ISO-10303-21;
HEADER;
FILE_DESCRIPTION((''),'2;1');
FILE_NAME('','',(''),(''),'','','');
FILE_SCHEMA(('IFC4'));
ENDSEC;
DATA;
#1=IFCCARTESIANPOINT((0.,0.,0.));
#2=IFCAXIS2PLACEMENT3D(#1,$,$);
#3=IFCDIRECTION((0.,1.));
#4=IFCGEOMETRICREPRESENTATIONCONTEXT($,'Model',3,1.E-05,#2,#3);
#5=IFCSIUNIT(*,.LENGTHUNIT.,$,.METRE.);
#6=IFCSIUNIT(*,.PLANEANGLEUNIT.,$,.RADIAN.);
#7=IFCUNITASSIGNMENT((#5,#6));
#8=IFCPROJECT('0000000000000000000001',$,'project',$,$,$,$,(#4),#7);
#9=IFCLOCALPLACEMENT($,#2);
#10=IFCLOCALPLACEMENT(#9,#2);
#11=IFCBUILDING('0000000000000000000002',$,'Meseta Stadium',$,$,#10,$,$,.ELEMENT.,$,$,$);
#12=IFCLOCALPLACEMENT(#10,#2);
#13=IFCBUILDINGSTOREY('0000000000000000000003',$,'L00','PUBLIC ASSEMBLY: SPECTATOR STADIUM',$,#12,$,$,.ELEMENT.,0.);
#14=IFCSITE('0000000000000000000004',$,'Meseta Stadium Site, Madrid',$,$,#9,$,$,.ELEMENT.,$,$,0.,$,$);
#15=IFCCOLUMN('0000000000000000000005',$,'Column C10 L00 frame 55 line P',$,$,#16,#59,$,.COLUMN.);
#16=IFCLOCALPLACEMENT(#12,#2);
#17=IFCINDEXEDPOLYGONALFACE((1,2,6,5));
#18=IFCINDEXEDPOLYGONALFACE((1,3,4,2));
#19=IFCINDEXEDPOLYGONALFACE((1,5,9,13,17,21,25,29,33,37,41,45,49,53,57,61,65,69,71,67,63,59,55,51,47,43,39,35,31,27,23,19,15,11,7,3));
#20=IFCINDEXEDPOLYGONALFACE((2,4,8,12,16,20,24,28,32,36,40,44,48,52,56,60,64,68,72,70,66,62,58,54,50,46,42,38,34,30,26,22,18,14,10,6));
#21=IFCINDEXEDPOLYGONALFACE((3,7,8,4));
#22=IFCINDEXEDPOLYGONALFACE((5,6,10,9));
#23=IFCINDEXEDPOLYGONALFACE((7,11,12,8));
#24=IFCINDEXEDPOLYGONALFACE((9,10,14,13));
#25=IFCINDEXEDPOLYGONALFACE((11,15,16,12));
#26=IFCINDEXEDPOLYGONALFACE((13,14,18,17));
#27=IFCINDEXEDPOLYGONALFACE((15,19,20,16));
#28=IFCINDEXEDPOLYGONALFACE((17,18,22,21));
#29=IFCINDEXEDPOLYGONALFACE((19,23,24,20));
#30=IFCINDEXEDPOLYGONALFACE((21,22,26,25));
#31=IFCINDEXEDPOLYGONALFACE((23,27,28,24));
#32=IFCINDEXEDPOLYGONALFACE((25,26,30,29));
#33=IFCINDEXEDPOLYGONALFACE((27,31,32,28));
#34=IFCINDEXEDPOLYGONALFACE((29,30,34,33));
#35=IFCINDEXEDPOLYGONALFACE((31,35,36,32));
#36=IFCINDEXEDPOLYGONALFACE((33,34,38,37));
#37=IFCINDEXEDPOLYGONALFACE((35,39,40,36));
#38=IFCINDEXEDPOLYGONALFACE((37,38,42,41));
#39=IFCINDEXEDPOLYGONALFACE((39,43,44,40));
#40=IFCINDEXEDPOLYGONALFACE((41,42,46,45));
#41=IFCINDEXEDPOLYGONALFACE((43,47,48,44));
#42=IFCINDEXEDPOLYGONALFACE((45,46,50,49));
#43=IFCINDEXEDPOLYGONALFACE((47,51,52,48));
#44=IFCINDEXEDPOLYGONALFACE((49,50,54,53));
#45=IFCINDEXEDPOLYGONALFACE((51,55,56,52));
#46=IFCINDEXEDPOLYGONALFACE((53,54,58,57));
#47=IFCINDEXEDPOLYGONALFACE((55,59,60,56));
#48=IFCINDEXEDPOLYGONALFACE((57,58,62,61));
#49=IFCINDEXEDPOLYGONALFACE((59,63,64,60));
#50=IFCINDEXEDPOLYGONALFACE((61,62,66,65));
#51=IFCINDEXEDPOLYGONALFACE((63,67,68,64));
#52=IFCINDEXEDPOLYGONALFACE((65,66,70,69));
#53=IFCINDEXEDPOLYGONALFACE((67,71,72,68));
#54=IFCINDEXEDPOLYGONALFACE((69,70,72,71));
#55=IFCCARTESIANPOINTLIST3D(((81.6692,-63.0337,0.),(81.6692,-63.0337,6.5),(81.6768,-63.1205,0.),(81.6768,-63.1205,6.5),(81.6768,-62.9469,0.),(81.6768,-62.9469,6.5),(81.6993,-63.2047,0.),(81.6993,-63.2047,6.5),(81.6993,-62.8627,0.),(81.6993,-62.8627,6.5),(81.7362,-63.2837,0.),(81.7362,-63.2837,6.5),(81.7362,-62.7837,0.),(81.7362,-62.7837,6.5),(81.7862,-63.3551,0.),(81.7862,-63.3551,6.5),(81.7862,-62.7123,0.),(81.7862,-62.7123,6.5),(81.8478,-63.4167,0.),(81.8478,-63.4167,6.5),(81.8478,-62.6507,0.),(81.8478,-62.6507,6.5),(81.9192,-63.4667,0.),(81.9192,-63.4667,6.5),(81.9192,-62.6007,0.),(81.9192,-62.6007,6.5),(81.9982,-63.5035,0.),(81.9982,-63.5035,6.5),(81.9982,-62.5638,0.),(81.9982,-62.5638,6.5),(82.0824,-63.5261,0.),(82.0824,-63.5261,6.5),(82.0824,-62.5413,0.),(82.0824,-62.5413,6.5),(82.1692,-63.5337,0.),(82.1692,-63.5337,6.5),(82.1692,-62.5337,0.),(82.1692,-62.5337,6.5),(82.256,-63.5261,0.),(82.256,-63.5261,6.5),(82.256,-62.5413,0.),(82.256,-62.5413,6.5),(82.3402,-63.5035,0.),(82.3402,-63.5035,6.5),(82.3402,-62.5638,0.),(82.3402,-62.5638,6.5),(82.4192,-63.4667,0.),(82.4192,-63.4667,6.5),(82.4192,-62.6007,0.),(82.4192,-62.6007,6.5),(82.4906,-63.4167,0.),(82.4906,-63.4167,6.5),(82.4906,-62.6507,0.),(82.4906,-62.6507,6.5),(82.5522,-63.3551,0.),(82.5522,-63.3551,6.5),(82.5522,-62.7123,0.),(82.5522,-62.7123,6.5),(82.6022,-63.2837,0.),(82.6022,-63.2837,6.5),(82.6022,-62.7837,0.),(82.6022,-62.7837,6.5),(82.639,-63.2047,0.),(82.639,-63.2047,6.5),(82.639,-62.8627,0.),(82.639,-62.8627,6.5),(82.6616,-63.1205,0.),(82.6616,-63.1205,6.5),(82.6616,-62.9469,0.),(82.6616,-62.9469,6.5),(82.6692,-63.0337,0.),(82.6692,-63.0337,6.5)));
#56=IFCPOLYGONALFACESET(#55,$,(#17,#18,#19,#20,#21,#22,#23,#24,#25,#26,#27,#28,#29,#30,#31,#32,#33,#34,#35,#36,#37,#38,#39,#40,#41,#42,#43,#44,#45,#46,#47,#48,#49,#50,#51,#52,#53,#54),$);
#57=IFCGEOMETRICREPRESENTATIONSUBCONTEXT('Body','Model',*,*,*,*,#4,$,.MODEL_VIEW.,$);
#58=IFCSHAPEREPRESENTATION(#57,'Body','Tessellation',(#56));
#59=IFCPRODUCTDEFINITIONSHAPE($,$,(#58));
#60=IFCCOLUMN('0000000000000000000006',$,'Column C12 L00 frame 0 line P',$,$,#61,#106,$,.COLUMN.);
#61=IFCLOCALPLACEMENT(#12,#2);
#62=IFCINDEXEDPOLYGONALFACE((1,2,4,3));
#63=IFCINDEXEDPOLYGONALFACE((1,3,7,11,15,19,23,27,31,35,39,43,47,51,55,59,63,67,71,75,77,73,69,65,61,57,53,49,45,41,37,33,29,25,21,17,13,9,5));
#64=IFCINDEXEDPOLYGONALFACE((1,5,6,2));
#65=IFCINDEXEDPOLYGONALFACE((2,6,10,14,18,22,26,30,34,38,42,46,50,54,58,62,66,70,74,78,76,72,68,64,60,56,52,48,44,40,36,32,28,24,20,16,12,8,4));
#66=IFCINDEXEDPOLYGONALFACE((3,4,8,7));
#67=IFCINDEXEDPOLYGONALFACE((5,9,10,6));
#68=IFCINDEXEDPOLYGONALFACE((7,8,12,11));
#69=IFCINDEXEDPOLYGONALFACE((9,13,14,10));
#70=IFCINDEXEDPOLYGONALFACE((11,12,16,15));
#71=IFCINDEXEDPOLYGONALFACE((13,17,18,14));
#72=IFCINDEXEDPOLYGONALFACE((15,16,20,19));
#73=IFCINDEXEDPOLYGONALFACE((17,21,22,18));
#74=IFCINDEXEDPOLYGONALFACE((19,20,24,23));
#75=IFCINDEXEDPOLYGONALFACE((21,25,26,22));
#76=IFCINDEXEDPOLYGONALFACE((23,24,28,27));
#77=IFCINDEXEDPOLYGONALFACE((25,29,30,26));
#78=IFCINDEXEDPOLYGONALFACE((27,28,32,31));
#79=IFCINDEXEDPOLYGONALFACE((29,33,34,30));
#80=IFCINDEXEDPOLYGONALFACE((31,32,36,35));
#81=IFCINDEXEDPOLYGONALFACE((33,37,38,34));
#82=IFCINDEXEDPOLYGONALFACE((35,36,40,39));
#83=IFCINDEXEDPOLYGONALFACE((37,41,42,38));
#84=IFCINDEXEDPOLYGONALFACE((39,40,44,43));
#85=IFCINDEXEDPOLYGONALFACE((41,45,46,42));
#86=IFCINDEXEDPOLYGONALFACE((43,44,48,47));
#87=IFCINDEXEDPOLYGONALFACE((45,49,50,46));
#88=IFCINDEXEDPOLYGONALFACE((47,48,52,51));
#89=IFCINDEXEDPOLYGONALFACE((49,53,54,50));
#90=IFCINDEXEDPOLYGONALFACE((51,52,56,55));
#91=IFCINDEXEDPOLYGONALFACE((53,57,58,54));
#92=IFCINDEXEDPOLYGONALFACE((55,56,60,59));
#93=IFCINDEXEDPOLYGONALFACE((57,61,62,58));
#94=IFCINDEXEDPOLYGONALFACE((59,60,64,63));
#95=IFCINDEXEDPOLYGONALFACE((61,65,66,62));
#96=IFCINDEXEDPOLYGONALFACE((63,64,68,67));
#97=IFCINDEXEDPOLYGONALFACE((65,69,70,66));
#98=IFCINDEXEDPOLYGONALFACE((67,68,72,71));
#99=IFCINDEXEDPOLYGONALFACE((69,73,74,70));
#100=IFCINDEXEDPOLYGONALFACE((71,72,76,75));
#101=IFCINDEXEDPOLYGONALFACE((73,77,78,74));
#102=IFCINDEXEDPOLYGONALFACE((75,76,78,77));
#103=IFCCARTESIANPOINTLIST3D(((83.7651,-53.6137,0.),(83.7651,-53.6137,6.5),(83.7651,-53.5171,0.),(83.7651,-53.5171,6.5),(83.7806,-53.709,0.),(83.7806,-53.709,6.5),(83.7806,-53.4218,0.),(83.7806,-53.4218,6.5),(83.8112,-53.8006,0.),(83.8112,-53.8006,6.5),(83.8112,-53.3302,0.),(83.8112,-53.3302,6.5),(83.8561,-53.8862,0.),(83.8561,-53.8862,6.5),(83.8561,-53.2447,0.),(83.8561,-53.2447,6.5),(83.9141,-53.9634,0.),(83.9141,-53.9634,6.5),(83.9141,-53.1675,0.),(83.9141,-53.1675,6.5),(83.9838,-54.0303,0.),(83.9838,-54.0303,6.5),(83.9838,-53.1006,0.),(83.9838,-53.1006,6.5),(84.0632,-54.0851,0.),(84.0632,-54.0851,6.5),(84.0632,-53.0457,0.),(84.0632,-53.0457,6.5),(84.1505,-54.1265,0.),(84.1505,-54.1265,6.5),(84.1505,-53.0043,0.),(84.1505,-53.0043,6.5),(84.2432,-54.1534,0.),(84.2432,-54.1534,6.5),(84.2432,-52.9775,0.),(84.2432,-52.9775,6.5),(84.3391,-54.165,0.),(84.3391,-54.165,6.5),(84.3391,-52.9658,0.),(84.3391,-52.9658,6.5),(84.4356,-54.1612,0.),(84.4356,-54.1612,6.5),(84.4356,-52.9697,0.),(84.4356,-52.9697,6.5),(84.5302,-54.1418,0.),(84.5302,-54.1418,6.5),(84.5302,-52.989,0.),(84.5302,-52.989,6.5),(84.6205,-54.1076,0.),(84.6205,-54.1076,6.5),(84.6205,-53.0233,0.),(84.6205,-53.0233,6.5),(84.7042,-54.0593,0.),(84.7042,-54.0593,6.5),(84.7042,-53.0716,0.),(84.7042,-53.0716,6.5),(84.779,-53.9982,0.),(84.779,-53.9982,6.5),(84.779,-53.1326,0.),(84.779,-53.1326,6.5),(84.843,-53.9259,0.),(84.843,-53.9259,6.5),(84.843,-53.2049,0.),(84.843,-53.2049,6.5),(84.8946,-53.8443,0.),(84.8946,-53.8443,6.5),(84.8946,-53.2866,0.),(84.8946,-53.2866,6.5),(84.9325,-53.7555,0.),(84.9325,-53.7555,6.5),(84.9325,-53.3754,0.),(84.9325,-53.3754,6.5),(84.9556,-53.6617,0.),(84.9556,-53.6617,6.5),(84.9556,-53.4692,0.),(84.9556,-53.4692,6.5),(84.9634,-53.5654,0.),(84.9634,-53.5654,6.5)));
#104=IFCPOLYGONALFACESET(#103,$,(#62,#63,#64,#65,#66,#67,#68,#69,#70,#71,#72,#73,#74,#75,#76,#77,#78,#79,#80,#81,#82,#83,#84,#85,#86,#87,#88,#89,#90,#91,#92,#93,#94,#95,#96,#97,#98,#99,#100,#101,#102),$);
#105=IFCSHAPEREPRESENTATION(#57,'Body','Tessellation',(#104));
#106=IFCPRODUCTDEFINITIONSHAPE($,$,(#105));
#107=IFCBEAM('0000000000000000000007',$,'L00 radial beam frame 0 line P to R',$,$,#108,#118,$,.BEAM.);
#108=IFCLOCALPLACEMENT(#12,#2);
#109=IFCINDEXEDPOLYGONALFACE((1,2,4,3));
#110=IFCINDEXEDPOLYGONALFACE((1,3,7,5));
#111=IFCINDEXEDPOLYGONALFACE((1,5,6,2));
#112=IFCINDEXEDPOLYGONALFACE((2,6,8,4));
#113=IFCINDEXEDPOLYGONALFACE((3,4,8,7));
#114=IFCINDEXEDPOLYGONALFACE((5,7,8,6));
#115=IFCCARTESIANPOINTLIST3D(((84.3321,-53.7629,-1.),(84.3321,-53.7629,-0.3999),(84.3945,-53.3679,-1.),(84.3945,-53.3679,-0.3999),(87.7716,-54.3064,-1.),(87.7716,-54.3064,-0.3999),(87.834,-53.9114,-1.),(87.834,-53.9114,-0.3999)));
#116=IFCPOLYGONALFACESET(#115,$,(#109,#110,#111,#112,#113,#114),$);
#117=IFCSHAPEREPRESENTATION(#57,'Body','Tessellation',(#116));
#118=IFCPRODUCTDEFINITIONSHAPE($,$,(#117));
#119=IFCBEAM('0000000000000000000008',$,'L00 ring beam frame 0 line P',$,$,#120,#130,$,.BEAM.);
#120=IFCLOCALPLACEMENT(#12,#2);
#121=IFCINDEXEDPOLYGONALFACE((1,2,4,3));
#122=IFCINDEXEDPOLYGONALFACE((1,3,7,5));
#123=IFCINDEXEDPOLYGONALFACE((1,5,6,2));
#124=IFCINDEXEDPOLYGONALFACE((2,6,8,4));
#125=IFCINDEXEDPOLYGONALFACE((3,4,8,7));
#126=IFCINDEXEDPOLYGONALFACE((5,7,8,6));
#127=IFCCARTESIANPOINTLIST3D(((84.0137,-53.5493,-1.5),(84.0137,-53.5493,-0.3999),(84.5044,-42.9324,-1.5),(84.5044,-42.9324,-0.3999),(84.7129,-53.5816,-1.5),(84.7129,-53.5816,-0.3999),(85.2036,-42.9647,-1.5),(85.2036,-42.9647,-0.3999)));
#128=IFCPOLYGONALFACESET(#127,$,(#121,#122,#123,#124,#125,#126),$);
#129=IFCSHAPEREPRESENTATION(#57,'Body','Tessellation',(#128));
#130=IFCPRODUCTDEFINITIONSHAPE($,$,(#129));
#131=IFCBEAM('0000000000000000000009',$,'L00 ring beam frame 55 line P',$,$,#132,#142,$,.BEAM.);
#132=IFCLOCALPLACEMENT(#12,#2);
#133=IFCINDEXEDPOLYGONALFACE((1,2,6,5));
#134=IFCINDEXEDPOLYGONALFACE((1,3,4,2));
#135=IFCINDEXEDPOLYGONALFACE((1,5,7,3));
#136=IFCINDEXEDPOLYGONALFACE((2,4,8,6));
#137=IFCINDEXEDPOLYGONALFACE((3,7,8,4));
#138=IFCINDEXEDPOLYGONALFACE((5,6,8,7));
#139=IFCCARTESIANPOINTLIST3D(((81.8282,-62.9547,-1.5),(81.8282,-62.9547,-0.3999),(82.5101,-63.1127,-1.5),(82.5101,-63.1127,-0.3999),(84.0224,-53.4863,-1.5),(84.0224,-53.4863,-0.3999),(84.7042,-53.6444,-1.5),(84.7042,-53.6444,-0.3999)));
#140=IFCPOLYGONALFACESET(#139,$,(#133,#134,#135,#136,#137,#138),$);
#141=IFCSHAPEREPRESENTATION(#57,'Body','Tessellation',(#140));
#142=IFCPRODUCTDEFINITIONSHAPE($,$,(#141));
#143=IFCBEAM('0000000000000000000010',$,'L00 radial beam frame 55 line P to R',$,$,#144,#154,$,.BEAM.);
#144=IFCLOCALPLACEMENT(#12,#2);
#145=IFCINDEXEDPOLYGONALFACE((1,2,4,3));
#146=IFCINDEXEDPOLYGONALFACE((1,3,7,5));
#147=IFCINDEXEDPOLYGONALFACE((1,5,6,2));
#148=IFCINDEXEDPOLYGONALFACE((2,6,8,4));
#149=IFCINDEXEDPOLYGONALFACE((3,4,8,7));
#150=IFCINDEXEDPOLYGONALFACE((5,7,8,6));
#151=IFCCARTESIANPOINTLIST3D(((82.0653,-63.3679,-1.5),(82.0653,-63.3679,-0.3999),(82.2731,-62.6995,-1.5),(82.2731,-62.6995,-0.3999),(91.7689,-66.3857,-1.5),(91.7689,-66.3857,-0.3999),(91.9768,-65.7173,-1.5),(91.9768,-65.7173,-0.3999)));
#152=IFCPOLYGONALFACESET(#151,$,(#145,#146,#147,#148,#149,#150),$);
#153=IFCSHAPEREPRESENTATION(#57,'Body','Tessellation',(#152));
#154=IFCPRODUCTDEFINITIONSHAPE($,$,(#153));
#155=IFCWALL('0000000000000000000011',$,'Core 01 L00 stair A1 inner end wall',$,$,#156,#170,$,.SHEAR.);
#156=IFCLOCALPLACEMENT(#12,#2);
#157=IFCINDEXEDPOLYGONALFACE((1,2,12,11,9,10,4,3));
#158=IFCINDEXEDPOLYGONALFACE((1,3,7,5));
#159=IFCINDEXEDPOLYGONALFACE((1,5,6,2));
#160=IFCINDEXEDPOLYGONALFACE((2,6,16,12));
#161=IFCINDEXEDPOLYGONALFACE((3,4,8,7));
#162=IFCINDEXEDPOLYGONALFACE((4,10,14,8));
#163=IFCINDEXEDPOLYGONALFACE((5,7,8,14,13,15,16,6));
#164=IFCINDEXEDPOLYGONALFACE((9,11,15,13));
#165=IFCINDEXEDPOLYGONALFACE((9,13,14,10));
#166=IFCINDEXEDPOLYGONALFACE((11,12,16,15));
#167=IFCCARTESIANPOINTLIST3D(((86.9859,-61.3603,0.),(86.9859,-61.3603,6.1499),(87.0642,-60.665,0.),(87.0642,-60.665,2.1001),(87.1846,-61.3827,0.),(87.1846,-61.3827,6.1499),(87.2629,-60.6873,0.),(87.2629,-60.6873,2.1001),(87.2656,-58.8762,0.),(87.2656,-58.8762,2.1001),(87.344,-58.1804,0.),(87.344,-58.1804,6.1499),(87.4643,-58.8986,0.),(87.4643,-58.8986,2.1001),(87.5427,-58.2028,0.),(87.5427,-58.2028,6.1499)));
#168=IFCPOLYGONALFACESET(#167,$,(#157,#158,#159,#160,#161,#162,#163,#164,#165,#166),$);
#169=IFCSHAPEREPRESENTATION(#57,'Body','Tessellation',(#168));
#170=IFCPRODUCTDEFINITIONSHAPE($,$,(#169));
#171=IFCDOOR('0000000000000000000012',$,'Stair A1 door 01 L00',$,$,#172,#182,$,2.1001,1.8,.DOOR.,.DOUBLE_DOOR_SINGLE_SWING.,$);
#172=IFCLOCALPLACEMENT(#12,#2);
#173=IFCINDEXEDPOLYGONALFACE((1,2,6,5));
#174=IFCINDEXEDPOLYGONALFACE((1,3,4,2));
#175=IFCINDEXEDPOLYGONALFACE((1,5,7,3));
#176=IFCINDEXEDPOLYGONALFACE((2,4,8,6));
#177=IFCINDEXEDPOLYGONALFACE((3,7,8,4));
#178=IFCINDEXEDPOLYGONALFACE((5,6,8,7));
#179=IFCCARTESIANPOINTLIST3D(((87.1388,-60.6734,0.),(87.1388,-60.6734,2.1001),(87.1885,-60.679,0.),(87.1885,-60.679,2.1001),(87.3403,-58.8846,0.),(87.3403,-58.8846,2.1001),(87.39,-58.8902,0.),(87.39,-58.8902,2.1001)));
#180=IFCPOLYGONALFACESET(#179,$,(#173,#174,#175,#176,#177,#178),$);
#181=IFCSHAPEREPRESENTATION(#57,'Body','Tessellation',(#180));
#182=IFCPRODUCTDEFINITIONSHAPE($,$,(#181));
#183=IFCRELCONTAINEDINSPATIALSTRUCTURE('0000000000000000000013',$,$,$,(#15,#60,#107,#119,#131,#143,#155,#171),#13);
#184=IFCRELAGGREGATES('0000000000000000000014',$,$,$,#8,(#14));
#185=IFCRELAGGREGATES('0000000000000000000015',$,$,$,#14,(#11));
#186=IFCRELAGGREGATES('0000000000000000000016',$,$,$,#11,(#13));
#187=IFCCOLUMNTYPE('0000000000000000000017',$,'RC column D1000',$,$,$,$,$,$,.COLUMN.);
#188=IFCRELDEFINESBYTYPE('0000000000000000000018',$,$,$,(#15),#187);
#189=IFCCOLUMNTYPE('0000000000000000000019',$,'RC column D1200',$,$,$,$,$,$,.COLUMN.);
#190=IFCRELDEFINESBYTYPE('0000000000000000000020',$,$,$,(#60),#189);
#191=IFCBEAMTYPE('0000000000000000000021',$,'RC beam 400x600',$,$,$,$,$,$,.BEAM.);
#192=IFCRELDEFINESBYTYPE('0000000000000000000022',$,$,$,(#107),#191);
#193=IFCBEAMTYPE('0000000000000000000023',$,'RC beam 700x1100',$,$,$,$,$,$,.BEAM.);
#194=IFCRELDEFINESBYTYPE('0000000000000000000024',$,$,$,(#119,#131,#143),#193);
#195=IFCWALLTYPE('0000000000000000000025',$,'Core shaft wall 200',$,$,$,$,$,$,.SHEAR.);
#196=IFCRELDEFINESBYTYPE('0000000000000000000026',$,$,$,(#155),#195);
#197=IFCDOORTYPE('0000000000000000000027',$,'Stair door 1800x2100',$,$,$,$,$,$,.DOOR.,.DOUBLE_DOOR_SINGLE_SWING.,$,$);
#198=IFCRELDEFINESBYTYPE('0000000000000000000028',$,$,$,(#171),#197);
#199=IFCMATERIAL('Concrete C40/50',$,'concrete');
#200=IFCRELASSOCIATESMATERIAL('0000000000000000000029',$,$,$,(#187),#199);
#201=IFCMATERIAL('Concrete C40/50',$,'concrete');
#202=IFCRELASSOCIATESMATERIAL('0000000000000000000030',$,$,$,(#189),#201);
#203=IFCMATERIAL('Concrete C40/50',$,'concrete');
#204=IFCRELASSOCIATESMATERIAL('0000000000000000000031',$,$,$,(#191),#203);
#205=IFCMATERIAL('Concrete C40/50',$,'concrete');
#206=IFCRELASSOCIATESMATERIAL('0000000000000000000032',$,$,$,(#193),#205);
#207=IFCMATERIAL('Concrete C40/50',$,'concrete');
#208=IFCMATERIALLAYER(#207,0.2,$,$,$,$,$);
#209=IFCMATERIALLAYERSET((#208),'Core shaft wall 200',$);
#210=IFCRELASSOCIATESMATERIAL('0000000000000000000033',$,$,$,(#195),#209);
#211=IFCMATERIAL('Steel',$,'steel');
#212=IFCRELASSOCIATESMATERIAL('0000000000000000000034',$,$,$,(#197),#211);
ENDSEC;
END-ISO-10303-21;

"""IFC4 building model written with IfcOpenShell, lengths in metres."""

from ifc_helpers import new_model, si_unit, direction, frame, frame_2d, origin, origin_2d, place, context, subcontext, project, spatial, rectangle, circle, extrude, material, layer, layer_set, material_profile, profile_set, type_object, element, fill, save


model = new_model("IFC4")

# Units and contexts
model_context = context("Model", 3, precision=1e-05, world=origin(), true_north=direction((0.0, 1.0)))
body_context = subcontext(model_context, "Body", "Model", "MODEL_VIEW")
ifc_project = project(units=[si_unit("LENGTHUNIT", "METRE"), si_unit("PLANEANGLEUNIT", "RADIAN")], contexts=[model_context])

# Site, building, storey
site_placement = place(None, origin())
site = spatial("IfcSite", under=ifc_project, at=site_placement, Name="Meseta Stadium Site, Madrid", CompositionType="ELEMENT", RefElevation=0.0)
building_placement = place(site_placement, origin())
building = spatial("IfcBuilding", under=site, at=building_placement, Name="Meseta Stadium", CompositionType="ELEMENT")
storey_placement = place(building_placement, origin())
storey = spatial("IfcBuildingStorey", under=building, at=storey_placement, Name="L00", Description="PUBLIC ASSEMBLY: SPECTATOR STADIUM", CompositionType="ELEMENT", Elevation=0.0)

# Columns
ifc_material_1 = material(Name="Concrete C40/50", Category="concrete")
ifc_material_profile_1 = material_profile(ifc_material_1, circle(Radius=0.5, at=origin_2d()), Name="RC D1000")
ifc_profile_set_1 = profile_set([ifc_material_profile_1], Name="Concrete C40/50")
column_type_1 = type_object("IfcColumnType", Name="RC column D1000", PredefinedType="COLUMN", material=ifc_profile_set_1)
column_1_placement = place(storey_placement, frame((82.1692, -63.0337, 0.0), z_axis=(0.0, 0.0, 1.0), x_axis=(1.0, 0.0, 0.0)))
element("IfcColumn", 1, at=column_1_placement, inside=storey, type_object=column_type_1, Name="Column C10 L00 frame 55 line P", PredefinedType="COLUMN", context=body_context, shape_type="SweptSolid", body=[
    extrude(circle(Radius=0.5, at=origin_2d()), origin(), (0.0, 0.0, 1.0), 6.5),
])
ifc_material_2 = material(Name="Concrete C40/50", Category="concrete")
ifc_material_profile_2 = material_profile(ifc_material_2, circle(Radius=0.6001, at=origin_2d()), Name="RC D1200")
ifc_profile_set_2 = profile_set([ifc_material_profile_2], Name="Concrete C40/50")
column_type_2 = type_object("IfcColumnType", Name="RC column D1200", PredefinedType="COLUMN", material=ifc_profile_set_2)
column_2_placement = place(storey_placement, frame((84.3633, -53.5654, 0.0), z_axis=(0.0, 0.0, 1.0), x_axis=(1.0, 0.0, 0.0)))
element("IfcColumn", 2, at=column_2_placement, inside=storey, type_object=column_type_2, Name="Column C12 L00 frame 0 line P", PredefinedType="COLUMN", context=body_context, shape_type="SweptSolid", body=[
    extrude(circle(Radius=0.6001, at=origin_2d()), origin(), (0.0, 0.0, 1.0), 6.5),
])

# Beams
ifc_material_3 = material(Name="Concrete C40/50", Category="concrete")
ifc_material_profile_3 = material_profile(ifc_material_3, rectangle(XDim=0.3999, YDim=0.6001, at=origin_2d()), Name="RC 400x600")
ifc_profile_set_3 = profile_set([ifc_material_profile_3], Name="Concrete C40/50")
beam_type_1 = type_object("IfcBeamType", Name="RC beam 400x600", PredefinedType="BEAM", material=ifc_profile_set_3)
beam_1_placement = place(storey_placement, frame((84.3633, -53.5654, -0.7), z_axis=(0.987746, -0.156071, 0.0), x_axis=(0.156071, 0.987746, 0.0)))
element("IfcBeam", 3, at=beam_1_placement, inside=storey, type_object=beam_type_1, Name="L00 radial beam frame 0 line P to R", PredefinedType="BEAM", context=body_context, shape_type="SweptSolid", body=[
    extrude(rectangle(XDim=0.3999, YDim=0.6001, at=origin_2d()), origin(), (0.0, 0.0, 1.0), 3.4822),
])
ifc_material_4 = material(Name="Concrete C40/50", Category="concrete")
ifc_material_profile_4 = material_profile(ifc_material_4, rectangle(XDim=0.7, YDim=1.1001, at=origin_2d()), Name="RC 700x1100")
ifc_profile_set_4 = profile_set([ifc_material_profile_4], Name="Concrete C40/50")
beam_type_2 = type_object("IfcBeamType", Name="RC beam 700x1100", PredefinedType="BEAM", material=ifc_profile_set_4)
beam_2_placement = place(storey_placement, frame((84.3633, -53.5654, -0.95), z_axis=(0.046171, 0.998934, 0.0), x_axis=(-0.998934, 0.046171, 0.0)))
element("IfcBeam", 4, at=beam_2_placement, inside=storey, type_object=beam_type_2, Name="L00 ring beam frame 0 line P", PredefinedType="BEAM", context=body_context, shape_type="SweptSolid", body=[
    extrude(rectangle(XDim=0.7, YDim=1.1001, at=origin_2d()), origin(), (0.0, 0.0, 1.0), 10.6282),
])
beam_3_placement = place(storey_placement, frame((82.1692, -63.0337, -0.95), z_axis=(0.225749, 0.974185, 0.0), x_axis=(-0.974185, 0.225749, 0.0)))
element("IfcBeam", 5, at=beam_3_placement, inside=storey, type_object=beam_type_2, Name="L00 ring beam frame 55 line P", PredefinedType="BEAM", context=body_context, shape_type="SweptSolid", body=[
    extrude(rectangle(XDim=0.7, YDim=1.1001, at=origin_2d()), origin(), (0.0, 0.0, 1.0), 9.7192),
])
beam_4_placement = place(storey_placement, frame((82.1692, -63.0337, -0.95), z_axis=(0.954887, -0.29697, 0.0), x_axis=(0.29697, 0.954887, 0.0)))
element("IfcBeam", 6, at=beam_4_placement, inside=storey, type_object=beam_type_2, Name="L00 radial beam frame 55 line P to R", PredefinedType="BEAM", context=body_context, shape_type="SweptSolid", body=[
    extrude(rectangle(XDim=0.7, YDim=1.1001, at=origin_2d()), origin(), (0.0, 0.0, 1.0), 10.1621),
])

# Wall, opening, door
ifc_material_5 = material(Name="Concrete C40/50", Category="concrete")
ifc_layer_1 = layer(ifc_material_5, 0.2)
ifc_layer_set_1 = layer_set([ifc_layer_1], Name="Core shaft wall 200")
wall_type_1 = type_object("IfcWallType", Name="Core shaft wall 200", PredefinedType="SHEAR", material=ifc_layer_set_1)
wall_1_placement = place(storey_placement, frame((87.0852, -61.3716, 0.0), z_axis=(0.0, 0.0, 1.0), x_axis=(0.111922, 0.993717, 0.0)))
wall_1 = element("IfcWall", 7, at=wall_1_placement, inside=storey, type_object=wall_type_1, Name="Core 01 L00 stair A1 inner end wall", PredefinedType="SHEAR", context=body_context, shape_type="SweptSolid", body=[
    extrude(rectangle(XDim=3.2, YDim=0.2, at=frame_2d((1.6001, 0.0))), origin(), (0.0, 0.0, 1.0), 6.1499),
])
opening_1_placement = place(wall_1_placement, frame((0.7, 0.0, 0.0)))
opening_1 = element("IfcOpeningElement", 8, at=opening_1_placement, cuts=wall_1, PredefinedType="OPENING", context=body_context, shape_type="SweptSolid", body=[
    extrude(rectangle(XDim=1.8, YDim=2.1001, at=frame_2d((0.8999, 1.05))), frame((0.0, 0.1099, 0.0), z_axis=(0.0, -1.0, 0.0), x_axis=(1.0, 0.0, 0.0)), (0.0, 0.0, 1.0), 0.22),
])
ifc_material_6 = material(Name="Steel", Category="steel")
door_type_1 = type_object("IfcDoorType", Name="Stair door 1800x2100", OperationType="DOUBLE_DOOR_SINGLE_SWING", PredefinedType="DOOR", material=ifc_material_6)
door_1_placement = place(opening_1_placement, origin())
door_1 = element("IfcDoor", 9, at=door_1_placement, inside=storey, type_object=door_type_1, Name="Stair A1 door 01 L00", OperationType="DOUBLE_DOOR_SINGLE_SWING", OverallHeight=2.1001, OverallWidth=1.8, PredefinedType="DOOR", context=body_context, shape_type="SweptSolid", body=[
    extrude(rectangle(XDim=1.8, YDim=2.1001, at=frame_2d((0.8999, 1.05))), frame((0.0, 0.0249, 0.0), z_axis=(0.0, -1.0, 0.0), x_axis=(1.0, 0.0, 0.0)), (0.0, 0.0, 1.0), 0.05),
])
fill(opening_1, door_1)

save(model, "model.ifc")
